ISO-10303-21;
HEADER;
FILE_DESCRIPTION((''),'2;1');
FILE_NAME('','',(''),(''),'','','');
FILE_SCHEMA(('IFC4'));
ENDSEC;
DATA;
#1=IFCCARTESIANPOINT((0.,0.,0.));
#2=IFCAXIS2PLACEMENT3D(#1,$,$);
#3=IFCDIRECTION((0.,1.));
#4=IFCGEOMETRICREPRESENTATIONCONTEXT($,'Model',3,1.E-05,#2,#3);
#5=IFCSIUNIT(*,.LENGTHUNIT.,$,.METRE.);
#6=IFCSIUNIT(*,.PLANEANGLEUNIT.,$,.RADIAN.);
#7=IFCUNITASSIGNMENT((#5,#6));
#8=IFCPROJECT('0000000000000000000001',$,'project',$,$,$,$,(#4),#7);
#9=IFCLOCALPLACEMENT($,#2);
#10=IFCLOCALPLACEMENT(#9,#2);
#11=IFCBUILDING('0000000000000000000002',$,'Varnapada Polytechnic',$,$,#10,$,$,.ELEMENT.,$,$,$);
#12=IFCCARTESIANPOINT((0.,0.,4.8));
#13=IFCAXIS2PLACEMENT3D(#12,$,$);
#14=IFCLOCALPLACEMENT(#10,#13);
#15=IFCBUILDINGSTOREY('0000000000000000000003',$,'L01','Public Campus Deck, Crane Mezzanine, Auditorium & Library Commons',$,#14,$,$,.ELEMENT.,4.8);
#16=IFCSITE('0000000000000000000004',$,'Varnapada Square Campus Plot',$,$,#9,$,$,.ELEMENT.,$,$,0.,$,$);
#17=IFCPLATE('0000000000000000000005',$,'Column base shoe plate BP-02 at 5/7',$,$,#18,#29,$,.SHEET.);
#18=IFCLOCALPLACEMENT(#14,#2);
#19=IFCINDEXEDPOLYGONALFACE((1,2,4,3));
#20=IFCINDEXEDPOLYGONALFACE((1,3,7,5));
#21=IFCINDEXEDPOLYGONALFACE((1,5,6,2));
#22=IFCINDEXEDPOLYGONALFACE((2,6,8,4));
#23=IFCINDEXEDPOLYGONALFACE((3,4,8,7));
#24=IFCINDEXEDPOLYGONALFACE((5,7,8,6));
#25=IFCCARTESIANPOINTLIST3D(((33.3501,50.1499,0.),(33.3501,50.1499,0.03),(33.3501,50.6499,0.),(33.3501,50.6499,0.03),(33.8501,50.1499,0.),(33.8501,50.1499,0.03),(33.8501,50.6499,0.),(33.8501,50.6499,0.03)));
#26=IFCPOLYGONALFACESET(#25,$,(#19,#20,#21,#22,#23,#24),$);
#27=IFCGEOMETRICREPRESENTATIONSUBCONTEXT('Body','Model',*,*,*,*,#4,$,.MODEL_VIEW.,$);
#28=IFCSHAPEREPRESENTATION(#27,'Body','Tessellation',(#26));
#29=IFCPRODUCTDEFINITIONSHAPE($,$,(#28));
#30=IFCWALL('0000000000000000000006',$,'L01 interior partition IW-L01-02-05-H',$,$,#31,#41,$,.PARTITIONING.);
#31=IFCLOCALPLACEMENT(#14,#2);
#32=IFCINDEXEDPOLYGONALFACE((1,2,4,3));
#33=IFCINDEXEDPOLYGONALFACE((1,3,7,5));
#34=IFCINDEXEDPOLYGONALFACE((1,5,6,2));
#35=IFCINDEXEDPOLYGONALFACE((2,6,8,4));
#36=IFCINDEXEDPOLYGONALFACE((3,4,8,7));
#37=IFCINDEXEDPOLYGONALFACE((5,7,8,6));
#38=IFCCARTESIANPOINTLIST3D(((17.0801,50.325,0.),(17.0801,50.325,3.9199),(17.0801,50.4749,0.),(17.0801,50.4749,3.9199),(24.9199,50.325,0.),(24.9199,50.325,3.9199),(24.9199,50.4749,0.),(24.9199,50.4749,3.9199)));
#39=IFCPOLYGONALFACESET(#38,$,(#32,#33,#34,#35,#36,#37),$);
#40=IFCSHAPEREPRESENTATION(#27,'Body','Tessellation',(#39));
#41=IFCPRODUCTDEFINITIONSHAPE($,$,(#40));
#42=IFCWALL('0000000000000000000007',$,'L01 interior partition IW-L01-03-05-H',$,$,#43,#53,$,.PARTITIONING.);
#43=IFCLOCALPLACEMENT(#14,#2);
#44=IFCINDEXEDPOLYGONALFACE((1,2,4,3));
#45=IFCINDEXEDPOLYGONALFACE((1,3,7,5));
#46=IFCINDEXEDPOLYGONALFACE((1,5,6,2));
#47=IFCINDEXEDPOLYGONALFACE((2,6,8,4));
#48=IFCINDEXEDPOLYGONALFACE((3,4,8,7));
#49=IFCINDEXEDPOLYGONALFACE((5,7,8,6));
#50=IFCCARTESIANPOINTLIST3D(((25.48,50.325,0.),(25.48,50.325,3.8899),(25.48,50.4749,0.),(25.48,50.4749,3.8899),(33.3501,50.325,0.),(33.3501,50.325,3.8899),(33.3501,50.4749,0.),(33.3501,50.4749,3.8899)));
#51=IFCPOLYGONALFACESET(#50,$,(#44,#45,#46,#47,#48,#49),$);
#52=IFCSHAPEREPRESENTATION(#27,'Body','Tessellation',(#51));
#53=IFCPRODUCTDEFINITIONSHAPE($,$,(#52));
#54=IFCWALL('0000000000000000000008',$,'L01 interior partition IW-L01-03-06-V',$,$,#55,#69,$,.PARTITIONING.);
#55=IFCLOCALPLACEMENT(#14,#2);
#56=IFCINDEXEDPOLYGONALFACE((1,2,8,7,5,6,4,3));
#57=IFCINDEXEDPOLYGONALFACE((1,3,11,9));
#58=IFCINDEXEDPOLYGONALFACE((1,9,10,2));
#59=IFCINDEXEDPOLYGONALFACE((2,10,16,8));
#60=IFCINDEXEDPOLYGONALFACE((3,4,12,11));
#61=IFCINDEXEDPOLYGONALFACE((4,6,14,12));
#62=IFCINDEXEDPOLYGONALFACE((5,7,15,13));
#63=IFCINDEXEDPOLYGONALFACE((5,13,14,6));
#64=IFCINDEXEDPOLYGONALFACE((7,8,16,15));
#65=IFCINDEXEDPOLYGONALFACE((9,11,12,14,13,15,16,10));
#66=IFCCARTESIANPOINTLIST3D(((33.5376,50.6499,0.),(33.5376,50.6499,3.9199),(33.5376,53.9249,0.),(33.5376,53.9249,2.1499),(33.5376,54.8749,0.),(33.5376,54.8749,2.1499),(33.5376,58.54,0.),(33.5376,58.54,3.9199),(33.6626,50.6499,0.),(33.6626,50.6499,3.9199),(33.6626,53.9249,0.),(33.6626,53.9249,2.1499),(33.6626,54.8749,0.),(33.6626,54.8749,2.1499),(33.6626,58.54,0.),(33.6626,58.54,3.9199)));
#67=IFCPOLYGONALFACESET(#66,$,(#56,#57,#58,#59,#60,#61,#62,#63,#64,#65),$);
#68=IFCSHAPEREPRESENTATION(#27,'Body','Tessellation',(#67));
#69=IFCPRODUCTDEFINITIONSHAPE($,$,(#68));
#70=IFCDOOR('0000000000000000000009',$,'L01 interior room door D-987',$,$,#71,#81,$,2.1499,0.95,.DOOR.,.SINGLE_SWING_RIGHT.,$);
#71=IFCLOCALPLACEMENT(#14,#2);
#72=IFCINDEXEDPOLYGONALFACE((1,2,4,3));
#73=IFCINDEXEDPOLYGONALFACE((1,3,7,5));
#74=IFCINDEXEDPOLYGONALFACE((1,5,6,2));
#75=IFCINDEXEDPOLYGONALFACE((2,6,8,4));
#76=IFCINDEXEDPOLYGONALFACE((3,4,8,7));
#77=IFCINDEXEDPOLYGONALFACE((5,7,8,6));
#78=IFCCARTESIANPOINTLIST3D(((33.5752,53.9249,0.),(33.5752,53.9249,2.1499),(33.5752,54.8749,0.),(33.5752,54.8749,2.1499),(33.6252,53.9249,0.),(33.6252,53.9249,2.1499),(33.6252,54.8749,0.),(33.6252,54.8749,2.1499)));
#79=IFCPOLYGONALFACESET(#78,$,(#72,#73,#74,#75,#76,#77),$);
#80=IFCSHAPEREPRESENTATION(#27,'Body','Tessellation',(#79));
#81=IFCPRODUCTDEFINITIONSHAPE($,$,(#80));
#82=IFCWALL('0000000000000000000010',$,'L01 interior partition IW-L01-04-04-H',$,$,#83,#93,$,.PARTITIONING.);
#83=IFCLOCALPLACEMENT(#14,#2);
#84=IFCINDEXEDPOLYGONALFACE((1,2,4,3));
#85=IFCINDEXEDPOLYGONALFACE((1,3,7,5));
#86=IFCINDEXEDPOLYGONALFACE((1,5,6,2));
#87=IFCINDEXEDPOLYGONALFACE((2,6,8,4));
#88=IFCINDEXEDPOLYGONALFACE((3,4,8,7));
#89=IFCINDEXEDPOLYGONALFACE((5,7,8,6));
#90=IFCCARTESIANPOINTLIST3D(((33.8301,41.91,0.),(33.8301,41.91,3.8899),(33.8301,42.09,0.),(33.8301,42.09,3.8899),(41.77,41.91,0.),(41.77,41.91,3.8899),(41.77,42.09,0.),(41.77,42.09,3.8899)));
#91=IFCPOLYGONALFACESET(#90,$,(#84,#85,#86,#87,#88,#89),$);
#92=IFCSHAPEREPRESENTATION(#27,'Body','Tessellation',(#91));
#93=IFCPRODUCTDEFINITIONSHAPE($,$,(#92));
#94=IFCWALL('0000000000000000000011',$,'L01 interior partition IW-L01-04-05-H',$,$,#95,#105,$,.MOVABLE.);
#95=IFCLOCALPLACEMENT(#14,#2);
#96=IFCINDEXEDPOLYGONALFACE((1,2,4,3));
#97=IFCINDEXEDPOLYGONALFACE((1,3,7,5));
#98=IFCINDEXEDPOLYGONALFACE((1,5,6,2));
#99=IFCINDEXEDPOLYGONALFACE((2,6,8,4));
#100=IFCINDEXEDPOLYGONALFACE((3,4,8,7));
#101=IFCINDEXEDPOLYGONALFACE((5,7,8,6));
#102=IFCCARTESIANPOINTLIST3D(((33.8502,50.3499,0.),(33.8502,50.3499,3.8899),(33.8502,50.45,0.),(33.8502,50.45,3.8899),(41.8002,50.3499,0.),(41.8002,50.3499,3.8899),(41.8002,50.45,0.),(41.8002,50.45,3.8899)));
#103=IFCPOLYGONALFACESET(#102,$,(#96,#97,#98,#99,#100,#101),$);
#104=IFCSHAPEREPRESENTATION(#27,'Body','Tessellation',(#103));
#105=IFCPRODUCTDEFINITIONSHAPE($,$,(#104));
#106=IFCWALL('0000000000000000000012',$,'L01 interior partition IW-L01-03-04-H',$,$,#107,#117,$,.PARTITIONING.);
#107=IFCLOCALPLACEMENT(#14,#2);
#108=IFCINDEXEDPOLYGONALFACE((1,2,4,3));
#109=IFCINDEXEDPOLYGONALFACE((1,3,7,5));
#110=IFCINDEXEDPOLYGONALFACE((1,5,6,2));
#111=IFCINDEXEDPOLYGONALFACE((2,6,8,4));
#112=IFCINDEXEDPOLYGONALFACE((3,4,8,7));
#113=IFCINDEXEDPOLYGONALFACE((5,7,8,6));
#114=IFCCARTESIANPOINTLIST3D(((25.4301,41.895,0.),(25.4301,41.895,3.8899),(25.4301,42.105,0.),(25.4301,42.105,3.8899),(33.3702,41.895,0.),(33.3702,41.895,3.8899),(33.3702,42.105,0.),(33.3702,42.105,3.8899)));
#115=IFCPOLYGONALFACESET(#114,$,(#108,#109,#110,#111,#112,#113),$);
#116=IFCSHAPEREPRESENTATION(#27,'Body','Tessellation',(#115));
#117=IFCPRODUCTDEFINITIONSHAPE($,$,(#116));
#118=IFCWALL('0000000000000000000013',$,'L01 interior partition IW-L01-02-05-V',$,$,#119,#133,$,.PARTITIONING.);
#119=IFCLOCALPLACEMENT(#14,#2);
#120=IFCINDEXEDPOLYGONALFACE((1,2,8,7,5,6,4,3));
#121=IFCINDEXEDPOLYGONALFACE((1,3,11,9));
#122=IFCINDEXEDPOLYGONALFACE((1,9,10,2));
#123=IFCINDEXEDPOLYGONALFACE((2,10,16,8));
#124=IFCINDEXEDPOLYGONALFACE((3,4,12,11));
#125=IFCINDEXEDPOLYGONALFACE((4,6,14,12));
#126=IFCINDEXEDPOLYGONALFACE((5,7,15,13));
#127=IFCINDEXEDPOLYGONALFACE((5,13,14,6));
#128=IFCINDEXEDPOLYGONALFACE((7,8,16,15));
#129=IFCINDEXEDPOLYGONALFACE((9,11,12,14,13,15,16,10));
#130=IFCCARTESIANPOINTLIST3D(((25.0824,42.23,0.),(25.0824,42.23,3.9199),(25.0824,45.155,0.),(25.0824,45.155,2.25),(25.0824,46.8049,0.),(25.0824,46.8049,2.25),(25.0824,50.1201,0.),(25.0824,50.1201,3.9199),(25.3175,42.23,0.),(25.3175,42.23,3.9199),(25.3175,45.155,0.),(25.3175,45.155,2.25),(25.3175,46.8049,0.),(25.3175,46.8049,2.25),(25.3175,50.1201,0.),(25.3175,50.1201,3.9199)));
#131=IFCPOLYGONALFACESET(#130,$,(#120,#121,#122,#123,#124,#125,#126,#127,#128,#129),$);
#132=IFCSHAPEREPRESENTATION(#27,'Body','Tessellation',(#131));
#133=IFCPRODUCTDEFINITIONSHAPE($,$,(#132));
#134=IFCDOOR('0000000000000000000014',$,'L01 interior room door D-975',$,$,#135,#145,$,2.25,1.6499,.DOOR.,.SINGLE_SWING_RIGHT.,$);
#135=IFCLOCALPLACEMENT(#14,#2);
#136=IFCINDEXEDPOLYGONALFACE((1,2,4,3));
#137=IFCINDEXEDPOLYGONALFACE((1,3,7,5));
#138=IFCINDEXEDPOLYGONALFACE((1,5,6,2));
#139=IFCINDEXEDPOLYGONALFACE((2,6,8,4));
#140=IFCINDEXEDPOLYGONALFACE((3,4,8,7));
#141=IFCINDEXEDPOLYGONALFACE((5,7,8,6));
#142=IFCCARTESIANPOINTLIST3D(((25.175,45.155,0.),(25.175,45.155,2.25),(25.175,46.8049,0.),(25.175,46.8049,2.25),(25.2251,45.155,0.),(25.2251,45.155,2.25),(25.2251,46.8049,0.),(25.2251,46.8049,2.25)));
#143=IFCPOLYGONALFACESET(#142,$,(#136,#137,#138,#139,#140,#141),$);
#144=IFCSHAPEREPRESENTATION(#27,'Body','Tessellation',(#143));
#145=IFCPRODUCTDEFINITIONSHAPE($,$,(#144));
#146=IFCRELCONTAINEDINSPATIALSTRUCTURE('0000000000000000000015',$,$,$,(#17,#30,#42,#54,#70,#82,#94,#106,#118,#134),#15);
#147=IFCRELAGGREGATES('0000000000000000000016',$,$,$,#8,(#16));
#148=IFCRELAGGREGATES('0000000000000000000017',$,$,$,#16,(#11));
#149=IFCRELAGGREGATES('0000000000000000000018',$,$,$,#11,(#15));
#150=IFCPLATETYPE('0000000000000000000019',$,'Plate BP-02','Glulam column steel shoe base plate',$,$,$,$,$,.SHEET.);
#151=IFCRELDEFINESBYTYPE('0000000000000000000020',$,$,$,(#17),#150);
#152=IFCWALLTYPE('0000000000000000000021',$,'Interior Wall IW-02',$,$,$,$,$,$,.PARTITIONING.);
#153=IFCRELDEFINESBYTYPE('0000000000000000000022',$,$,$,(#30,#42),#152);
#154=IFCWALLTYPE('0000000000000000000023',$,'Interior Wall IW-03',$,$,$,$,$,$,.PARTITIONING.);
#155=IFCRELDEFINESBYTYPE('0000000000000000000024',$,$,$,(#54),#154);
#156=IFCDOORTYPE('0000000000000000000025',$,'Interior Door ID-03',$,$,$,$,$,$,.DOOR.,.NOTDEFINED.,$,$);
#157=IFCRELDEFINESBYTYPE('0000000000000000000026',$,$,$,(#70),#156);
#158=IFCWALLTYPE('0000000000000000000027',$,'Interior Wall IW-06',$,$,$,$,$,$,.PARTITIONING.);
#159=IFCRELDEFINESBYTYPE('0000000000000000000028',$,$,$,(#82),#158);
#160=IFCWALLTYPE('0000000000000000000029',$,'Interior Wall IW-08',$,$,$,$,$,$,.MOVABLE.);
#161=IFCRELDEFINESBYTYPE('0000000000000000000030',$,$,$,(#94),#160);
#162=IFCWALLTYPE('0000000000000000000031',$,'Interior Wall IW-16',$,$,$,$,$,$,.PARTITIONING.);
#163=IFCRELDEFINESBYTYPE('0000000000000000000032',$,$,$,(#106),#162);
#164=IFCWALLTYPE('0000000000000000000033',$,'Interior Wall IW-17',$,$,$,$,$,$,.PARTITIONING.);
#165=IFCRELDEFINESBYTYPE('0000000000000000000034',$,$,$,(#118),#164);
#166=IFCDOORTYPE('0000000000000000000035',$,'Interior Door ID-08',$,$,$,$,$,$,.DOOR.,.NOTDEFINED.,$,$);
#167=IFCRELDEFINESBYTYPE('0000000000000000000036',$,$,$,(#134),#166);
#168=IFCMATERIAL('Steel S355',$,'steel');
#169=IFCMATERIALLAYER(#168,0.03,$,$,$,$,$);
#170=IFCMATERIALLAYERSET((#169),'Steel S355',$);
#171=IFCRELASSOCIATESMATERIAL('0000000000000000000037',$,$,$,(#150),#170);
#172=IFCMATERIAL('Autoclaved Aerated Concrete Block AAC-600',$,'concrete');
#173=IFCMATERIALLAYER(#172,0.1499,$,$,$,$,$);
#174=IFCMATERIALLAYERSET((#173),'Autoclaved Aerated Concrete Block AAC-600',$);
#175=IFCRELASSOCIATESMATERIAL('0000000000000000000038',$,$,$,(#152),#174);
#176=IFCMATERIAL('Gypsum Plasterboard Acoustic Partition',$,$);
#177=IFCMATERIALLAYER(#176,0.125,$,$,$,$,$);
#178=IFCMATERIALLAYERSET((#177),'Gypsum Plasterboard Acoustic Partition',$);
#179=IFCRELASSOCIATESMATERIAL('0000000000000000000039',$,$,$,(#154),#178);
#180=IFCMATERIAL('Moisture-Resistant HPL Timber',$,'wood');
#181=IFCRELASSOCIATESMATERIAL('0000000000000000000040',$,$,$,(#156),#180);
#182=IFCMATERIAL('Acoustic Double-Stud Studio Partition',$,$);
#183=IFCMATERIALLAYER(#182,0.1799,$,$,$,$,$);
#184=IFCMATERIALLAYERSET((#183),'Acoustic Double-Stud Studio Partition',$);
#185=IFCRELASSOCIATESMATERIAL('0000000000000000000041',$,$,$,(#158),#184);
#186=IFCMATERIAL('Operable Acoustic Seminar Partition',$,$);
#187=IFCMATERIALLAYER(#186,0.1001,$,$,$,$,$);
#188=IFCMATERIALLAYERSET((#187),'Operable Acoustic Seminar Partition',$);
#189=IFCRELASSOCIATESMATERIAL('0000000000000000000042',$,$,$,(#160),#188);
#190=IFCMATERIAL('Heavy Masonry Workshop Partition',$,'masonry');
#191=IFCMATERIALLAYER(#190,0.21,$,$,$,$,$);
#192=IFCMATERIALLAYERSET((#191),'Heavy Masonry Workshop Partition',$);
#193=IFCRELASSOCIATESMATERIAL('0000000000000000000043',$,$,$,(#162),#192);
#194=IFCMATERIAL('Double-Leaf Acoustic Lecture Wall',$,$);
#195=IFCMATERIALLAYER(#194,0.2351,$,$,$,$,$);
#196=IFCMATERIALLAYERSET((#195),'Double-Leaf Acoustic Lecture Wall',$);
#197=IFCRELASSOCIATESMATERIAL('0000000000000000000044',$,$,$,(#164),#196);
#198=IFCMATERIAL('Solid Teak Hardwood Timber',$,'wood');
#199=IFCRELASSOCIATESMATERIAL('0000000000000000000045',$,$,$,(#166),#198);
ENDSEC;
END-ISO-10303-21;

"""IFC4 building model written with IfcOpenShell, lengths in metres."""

from ifc_helpers import new_model, si_unit, direction, frame, frame_2d, origin, origin_2d, place, context, subcontext, project, spatial, rectangle, extrude, material, layer, layer_set, type_object, element, fill, save


model = new_model("IFC4")

# Units and contexts
model_context = context("Model", 3, precision=1e-05, world=origin(), true_north=direction((0.0, 1.0)))
body_context = subcontext(model_context, "Body", "Model", "MODEL_VIEW")
ifc_project = project(units=[si_unit("LENGTHUNIT", "METRE"), si_unit("PLANEANGLEUNIT", "RADIAN")], contexts=[model_context])

# Site, building, storey
site_placement = place(None, origin())
site = spatial("IfcSite", under=ifc_project, at=site_placement, Name="Varnapada Square Campus Plot", CompositionType="ELEMENT", RefElevation=0.0)
building_placement = place(site_placement, origin())
building = spatial("IfcBuilding", under=site, at=building_placement, Name="Varnapada Polytechnic", CompositionType="ELEMENT")
storey_placement = place(building_placement, frame((0.0, 0.0, 4.8)))
storey = spatial("IfcBuildingStorey", under=building, at=storey_placement, Name="L01", Description="Public Campus Deck, Crane Mezzanine, Auditorium & Library Commons", CompositionType="ELEMENT", Elevation=4.8)

# Plate
ifc_material_1 = material(Name="Steel S355", Category="steel")
ifc_layer_1 = layer(ifc_material_1, 0.03)
ifc_layer_set_1 = layer_set([ifc_layer_1], Name="Steel S355")
plate_type = type_object("IfcPlateType", Name="Plate BP-02", Description="Glulam column steel shoe base plate", PredefinedType="SHEET", material=ifc_layer_set_1)
for number, where, z_axis, x_axis, name in (
    (1, (33.6001, 50.3999, 0.0), (0.0, 0.0, 1.0), (1.0, 0.0, 0.0), "Column base shoe plate BP-02 at 5/7"),
):
    element("IfcPlate", number, at=place(storey_placement, frame(where, z_axis=z_axis, x_axis=x_axis)), inside=storey, type_object=plate_type, Name=name, PredefinedType="SHEET", context=body_context, shape_type="SweptSolid", body=[
        extrude(rectangle(XDim=0.5, YDim=0.5, at=origin_2d()), origin(), (0.0, 0.0, 1.0), 0.03),
    ])

# Walls
ifc_material_2 = material(Name="Autoclaved Aerated Concrete Block AAC-600", Category="concrete")
ifc_layer_2 = layer(ifc_material_2, 0.1499)
ifc_layer_set_2 = layer_set([ifc_layer_2], Name="Autoclaved Aerated Concrete Block AAC-600")
wall_type_1 = type_object("IfcWallType", Name="Interior Wall IW-02", PredefinedType="PARTITIONING", material=ifc_layer_set_2)
wall_1_placement = place(storey_placement, frame((17.0801, 50.3999, 0.0), z_axis=(0.0, 0.0, 1.0), x_axis=(1.0, 0.0, 0.0)))
element("IfcWall", 2, at=wall_1_placement, inside=storey, type_object=wall_type_1, Name="L01 interior partition IW-L01-02-05-H", PredefinedType="PARTITIONING", context=body_context, shape_type="SweptSolid", body=[
    extrude(rectangle(XDim=7.8398, YDim=0.1499, at=frame_2d((3.9199, 0.0))), origin(), (0.0, 0.0, 1.0), 3.9199),
])
wall_2_placement = place(storey_placement, frame((25.48, 50.3999, 0.0), z_axis=(0.0, 0.0, 1.0), x_axis=(1.0, 0.0, 0.0)))
element("IfcWall", 3, at=wall_2_placement, inside=storey, type_object=wall_type_1, Name="L01 interior partition IW-L01-03-05-H", PredefinedType="PARTITIONING", context=body_context, shape_type="SweptSolid", body=[
    extrude(rectangle(XDim=7.8701, YDim=0.1499, at=frame_2d((3.9351, 0.0))), origin(), (0.0, 0.0, 1.0), 3.8899),
])

# Wall, opening, door
ifc_material_3 = material(Name="Gypsum Plasterboard Acoustic Partition")
ifc_layer_3 = layer(ifc_material_3, 0.125)
ifc_layer_set_3 = layer_set([ifc_layer_3], Name="Gypsum Plasterboard Acoustic Partition")
wall_type_2 = type_object("IfcWallType", Name="Interior Wall IW-03", PredefinedType="PARTITIONING", material=ifc_layer_set_3)
wall_3_placement = place(storey_placement, frame((33.6001, 50.6499, 0.0), z_axis=(0.0, 0.0, 1.0), x_axis=(0.0, 1.0, 0.0)))
wall_3 = element("IfcWall", 4, at=wall_3_placement, inside=storey, type_object=wall_type_2, Name="L01 interior partition IW-L01-03-06-V", PredefinedType="PARTITIONING", context=body_context, shape_type="SweptSolid", body=[
    extrude(rectangle(XDim=7.8901, YDim=0.125, at=frame_2d((3.9451, 0.0))), origin(), (0.0, 0.0, 1.0), 3.9199),
])
opening_1_placement = place(wall_3_placement, frame((3.2749, 0.0, 0.0)))
opening_1 = element("IfcOpeningElement", 5, at=opening_1_placement, cuts=wall_3, PredefinedType="OPENING", context=body_context, shape_type="SweptSolid", body=[
    extrude(rectangle(XDim=0.95, YDim=2.1499, at=frame_2d((0.4751, 1.075))), frame((0.0, 0.0725, 0.0), z_axis=(0.0, -1.0, 0.0), x_axis=(1.0, 0.0, 0.0)), (0.0, 0.0, 1.0), 0.145),
])
ifc_material_4 = material(Name="Moisture-Resistant HPL Timber", Category="wood")
door_type_1 = type_object("IfcDoorType", Name="Interior Door ID-03", OperationType="NOTDEFINED", PredefinedType="DOOR", material=ifc_material_4)
door_1_placement = place(opening_1_placement, origin())
door_1 = element("IfcDoor", 6, at=door_1_placement, inside=storey, type_object=door_type_1, Name="L01 interior room door D-987", OperationType="SINGLE_SWING_RIGHT", OverallHeight=2.1499, OverallWidth=0.95, PredefinedType="DOOR", context=body_context, shape_type="SweptSolid", body=[
    extrude(rectangle(XDim=0.95, YDim=2.1499, at=frame_2d((0.4751, 1.075))), frame((0.0, 0.0249, 0.0), z_axis=(0.0, -1.0, 0.0), x_axis=(1.0, 0.0, 0.0)), (0.0, 0.0, 1.0), 0.05),
])
fill(opening_1, door_1)

# Walls
ifc_material_5 = material(Name="Acoustic Double-Stud Studio Partition")
ifc_layer_4 = layer(ifc_material_5, 0.1799)
ifc_layer_set_4 = layer_set([ifc_layer_4], Name="Acoustic Double-Stud Studio Partition")
wall_type_3 = type_object("IfcWallType", Name="Interior Wall IW-06", PredefinedType="PARTITIONING", material=ifc_layer_set_4)
wall_4_placement = place(storey_placement, frame((33.8301, 42.0, 0.0), z_axis=(0.0, 0.0, 1.0), x_axis=(1.0, 0.0, 0.0)))
element("IfcWall", 7, at=wall_4_placement, inside=storey, type_object=wall_type_3, Name="L01 interior partition IW-L01-04-04-H", PredefinedType="PARTITIONING", context=body_context, shape_type="SweptSolid", body=[
    extrude(rectangle(XDim=7.9399, YDim=0.1799, at=frame_2d((3.97, 0.0))), origin(), (0.0, 0.0, 1.0), 3.8899),
])
ifc_material_6 = material(Name="Operable Acoustic Seminar Partition")
ifc_layer_5 = layer(ifc_material_6, 0.1001)
ifc_layer_set_5 = layer_set([ifc_layer_5], Name="Operable Acoustic Seminar Partition")
wall_type_4 = type_object("IfcWallType", Name="Interior Wall IW-08", PredefinedType="MOVABLE", material=ifc_layer_set_5)
wall_5_placement = place(storey_placement, frame((33.8501, 50.3999, 0.0), z_axis=(0.0, 0.0, 1.0), x_axis=(1.0, 0.0, 0.0)))
element("IfcWall", 8, at=wall_5_placement, inside=storey, type_object=wall_type_4, Name="L01 interior partition IW-L01-04-05-H", PredefinedType="MOVABLE", context=body_context, shape_type="SweptSolid", body=[
    extrude(rectangle(XDim=7.95, YDim=0.1001, at=frame_2d((3.9751, 0.0))), origin(), (0.0, 0.0, 1.0), 3.8899),
])
ifc_material_7 = material(Name="Heavy Masonry Workshop Partition", Category="masonry")
ifc_layer_6 = layer(ifc_material_7, 0.21)
ifc_layer_set_6 = layer_set([ifc_layer_6], Name="Heavy Masonry Workshop Partition")
wall_type_5 = type_object("IfcWallType", Name="Interior Wall IW-16", PredefinedType="PARTITIONING", material=ifc_layer_set_6)
wall_6_placement = place(storey_placement, frame((25.4299, 42.0, 0.0), z_axis=(0.0, 0.0, 1.0), x_axis=(1.0, 0.0, 0.0)))
element("IfcWall", 9, at=wall_6_placement, inside=storey, type_object=wall_type_5, Name="L01 interior partition IW-L01-03-04-H", PredefinedType="PARTITIONING", context=body_context, shape_type="SweptSolid", body=[
    extrude(rectangle(XDim=7.9402, YDim=0.21, at=frame_2d((3.9702, 0.0))), origin(), (0.0, 0.0, 1.0), 3.8899),
])

# Wall, opening, door
ifc_material_8 = material(Name="Double-Leaf Acoustic Lecture Wall")
ifc_layer_7 = layer(ifc_material_8, 0.2351)
ifc_layer_set_7 = layer_set([ifc_layer_7], Name="Double-Leaf Acoustic Lecture Wall")
wall_type_6 = type_object("IfcWallType", Name="Interior Wall IW-17", PredefinedType="PARTITIONING", material=ifc_layer_set_7)
wall_7_placement = place(storey_placement, frame((25.2, 42.23, 0.0), z_axis=(0.0, 0.0, 1.0), x_axis=(0.0, 1.0, 0.0)))
wall_7 = element("IfcWall", 10, at=wall_7_placement, inside=storey, type_object=wall_type_6, Name="L01 interior partition IW-L01-02-05-V", PredefinedType="PARTITIONING", context=body_context, shape_type="SweptSolid", body=[
    extrude(rectangle(XDim=7.8901, YDim=0.2351, at=frame_2d((3.9451, 0.0))), origin(), (0.0, 0.0, 1.0), 3.9199),
])
opening_2_placement = place(wall_7_placement, frame((2.925, 0.0, 0.0)))
opening_2 = element("IfcOpeningElement", 11, at=opening_2_placement, cuts=wall_7, PredefinedType="OPENING", context=body_context, shape_type="SweptSolid", body=[
    extrude(rectangle(XDim=1.6499, YDim=2.25, at=frame_2d((0.825, 1.125))), frame((0.0, 0.1274, 0.0), z_axis=(0.0, -1.0, 0.0), x_axis=(1.0, 0.0, 0.0)), (0.0, 0.0, 1.0), 0.2551),
])
ifc_material_9 = material(Name="Solid Teak Hardwood Timber", Category="wood")
door_type_2 = type_object("IfcDoorType", Name="Interior Door ID-08", OperationType="NOTDEFINED", PredefinedType="DOOR", material=ifc_material_9)
door_2_placement = place(opening_2_placement, origin())
door_2 = element("IfcDoor", 12, at=door_2_placement, inside=storey, type_object=door_type_2, Name="L01 interior room door D-975", OperationType="SINGLE_SWING_RIGHT", OverallHeight=2.25, OverallWidth=1.6499, PredefinedType="DOOR", context=body_context, shape_type="SweptSolid", body=[
    extrude(rectangle(XDim=1.6499, YDim=2.25, at=frame_2d((0.825, 1.125))), frame((0.0, 0.0249, 0.0), z_axis=(0.0, -1.0, 0.0), x_axis=(1.0, 0.0, 0.0)), (0.0, 0.0, 1.0), 0.05),
])
fill(opening_2, door_2)

save(model, "model.ifc")
